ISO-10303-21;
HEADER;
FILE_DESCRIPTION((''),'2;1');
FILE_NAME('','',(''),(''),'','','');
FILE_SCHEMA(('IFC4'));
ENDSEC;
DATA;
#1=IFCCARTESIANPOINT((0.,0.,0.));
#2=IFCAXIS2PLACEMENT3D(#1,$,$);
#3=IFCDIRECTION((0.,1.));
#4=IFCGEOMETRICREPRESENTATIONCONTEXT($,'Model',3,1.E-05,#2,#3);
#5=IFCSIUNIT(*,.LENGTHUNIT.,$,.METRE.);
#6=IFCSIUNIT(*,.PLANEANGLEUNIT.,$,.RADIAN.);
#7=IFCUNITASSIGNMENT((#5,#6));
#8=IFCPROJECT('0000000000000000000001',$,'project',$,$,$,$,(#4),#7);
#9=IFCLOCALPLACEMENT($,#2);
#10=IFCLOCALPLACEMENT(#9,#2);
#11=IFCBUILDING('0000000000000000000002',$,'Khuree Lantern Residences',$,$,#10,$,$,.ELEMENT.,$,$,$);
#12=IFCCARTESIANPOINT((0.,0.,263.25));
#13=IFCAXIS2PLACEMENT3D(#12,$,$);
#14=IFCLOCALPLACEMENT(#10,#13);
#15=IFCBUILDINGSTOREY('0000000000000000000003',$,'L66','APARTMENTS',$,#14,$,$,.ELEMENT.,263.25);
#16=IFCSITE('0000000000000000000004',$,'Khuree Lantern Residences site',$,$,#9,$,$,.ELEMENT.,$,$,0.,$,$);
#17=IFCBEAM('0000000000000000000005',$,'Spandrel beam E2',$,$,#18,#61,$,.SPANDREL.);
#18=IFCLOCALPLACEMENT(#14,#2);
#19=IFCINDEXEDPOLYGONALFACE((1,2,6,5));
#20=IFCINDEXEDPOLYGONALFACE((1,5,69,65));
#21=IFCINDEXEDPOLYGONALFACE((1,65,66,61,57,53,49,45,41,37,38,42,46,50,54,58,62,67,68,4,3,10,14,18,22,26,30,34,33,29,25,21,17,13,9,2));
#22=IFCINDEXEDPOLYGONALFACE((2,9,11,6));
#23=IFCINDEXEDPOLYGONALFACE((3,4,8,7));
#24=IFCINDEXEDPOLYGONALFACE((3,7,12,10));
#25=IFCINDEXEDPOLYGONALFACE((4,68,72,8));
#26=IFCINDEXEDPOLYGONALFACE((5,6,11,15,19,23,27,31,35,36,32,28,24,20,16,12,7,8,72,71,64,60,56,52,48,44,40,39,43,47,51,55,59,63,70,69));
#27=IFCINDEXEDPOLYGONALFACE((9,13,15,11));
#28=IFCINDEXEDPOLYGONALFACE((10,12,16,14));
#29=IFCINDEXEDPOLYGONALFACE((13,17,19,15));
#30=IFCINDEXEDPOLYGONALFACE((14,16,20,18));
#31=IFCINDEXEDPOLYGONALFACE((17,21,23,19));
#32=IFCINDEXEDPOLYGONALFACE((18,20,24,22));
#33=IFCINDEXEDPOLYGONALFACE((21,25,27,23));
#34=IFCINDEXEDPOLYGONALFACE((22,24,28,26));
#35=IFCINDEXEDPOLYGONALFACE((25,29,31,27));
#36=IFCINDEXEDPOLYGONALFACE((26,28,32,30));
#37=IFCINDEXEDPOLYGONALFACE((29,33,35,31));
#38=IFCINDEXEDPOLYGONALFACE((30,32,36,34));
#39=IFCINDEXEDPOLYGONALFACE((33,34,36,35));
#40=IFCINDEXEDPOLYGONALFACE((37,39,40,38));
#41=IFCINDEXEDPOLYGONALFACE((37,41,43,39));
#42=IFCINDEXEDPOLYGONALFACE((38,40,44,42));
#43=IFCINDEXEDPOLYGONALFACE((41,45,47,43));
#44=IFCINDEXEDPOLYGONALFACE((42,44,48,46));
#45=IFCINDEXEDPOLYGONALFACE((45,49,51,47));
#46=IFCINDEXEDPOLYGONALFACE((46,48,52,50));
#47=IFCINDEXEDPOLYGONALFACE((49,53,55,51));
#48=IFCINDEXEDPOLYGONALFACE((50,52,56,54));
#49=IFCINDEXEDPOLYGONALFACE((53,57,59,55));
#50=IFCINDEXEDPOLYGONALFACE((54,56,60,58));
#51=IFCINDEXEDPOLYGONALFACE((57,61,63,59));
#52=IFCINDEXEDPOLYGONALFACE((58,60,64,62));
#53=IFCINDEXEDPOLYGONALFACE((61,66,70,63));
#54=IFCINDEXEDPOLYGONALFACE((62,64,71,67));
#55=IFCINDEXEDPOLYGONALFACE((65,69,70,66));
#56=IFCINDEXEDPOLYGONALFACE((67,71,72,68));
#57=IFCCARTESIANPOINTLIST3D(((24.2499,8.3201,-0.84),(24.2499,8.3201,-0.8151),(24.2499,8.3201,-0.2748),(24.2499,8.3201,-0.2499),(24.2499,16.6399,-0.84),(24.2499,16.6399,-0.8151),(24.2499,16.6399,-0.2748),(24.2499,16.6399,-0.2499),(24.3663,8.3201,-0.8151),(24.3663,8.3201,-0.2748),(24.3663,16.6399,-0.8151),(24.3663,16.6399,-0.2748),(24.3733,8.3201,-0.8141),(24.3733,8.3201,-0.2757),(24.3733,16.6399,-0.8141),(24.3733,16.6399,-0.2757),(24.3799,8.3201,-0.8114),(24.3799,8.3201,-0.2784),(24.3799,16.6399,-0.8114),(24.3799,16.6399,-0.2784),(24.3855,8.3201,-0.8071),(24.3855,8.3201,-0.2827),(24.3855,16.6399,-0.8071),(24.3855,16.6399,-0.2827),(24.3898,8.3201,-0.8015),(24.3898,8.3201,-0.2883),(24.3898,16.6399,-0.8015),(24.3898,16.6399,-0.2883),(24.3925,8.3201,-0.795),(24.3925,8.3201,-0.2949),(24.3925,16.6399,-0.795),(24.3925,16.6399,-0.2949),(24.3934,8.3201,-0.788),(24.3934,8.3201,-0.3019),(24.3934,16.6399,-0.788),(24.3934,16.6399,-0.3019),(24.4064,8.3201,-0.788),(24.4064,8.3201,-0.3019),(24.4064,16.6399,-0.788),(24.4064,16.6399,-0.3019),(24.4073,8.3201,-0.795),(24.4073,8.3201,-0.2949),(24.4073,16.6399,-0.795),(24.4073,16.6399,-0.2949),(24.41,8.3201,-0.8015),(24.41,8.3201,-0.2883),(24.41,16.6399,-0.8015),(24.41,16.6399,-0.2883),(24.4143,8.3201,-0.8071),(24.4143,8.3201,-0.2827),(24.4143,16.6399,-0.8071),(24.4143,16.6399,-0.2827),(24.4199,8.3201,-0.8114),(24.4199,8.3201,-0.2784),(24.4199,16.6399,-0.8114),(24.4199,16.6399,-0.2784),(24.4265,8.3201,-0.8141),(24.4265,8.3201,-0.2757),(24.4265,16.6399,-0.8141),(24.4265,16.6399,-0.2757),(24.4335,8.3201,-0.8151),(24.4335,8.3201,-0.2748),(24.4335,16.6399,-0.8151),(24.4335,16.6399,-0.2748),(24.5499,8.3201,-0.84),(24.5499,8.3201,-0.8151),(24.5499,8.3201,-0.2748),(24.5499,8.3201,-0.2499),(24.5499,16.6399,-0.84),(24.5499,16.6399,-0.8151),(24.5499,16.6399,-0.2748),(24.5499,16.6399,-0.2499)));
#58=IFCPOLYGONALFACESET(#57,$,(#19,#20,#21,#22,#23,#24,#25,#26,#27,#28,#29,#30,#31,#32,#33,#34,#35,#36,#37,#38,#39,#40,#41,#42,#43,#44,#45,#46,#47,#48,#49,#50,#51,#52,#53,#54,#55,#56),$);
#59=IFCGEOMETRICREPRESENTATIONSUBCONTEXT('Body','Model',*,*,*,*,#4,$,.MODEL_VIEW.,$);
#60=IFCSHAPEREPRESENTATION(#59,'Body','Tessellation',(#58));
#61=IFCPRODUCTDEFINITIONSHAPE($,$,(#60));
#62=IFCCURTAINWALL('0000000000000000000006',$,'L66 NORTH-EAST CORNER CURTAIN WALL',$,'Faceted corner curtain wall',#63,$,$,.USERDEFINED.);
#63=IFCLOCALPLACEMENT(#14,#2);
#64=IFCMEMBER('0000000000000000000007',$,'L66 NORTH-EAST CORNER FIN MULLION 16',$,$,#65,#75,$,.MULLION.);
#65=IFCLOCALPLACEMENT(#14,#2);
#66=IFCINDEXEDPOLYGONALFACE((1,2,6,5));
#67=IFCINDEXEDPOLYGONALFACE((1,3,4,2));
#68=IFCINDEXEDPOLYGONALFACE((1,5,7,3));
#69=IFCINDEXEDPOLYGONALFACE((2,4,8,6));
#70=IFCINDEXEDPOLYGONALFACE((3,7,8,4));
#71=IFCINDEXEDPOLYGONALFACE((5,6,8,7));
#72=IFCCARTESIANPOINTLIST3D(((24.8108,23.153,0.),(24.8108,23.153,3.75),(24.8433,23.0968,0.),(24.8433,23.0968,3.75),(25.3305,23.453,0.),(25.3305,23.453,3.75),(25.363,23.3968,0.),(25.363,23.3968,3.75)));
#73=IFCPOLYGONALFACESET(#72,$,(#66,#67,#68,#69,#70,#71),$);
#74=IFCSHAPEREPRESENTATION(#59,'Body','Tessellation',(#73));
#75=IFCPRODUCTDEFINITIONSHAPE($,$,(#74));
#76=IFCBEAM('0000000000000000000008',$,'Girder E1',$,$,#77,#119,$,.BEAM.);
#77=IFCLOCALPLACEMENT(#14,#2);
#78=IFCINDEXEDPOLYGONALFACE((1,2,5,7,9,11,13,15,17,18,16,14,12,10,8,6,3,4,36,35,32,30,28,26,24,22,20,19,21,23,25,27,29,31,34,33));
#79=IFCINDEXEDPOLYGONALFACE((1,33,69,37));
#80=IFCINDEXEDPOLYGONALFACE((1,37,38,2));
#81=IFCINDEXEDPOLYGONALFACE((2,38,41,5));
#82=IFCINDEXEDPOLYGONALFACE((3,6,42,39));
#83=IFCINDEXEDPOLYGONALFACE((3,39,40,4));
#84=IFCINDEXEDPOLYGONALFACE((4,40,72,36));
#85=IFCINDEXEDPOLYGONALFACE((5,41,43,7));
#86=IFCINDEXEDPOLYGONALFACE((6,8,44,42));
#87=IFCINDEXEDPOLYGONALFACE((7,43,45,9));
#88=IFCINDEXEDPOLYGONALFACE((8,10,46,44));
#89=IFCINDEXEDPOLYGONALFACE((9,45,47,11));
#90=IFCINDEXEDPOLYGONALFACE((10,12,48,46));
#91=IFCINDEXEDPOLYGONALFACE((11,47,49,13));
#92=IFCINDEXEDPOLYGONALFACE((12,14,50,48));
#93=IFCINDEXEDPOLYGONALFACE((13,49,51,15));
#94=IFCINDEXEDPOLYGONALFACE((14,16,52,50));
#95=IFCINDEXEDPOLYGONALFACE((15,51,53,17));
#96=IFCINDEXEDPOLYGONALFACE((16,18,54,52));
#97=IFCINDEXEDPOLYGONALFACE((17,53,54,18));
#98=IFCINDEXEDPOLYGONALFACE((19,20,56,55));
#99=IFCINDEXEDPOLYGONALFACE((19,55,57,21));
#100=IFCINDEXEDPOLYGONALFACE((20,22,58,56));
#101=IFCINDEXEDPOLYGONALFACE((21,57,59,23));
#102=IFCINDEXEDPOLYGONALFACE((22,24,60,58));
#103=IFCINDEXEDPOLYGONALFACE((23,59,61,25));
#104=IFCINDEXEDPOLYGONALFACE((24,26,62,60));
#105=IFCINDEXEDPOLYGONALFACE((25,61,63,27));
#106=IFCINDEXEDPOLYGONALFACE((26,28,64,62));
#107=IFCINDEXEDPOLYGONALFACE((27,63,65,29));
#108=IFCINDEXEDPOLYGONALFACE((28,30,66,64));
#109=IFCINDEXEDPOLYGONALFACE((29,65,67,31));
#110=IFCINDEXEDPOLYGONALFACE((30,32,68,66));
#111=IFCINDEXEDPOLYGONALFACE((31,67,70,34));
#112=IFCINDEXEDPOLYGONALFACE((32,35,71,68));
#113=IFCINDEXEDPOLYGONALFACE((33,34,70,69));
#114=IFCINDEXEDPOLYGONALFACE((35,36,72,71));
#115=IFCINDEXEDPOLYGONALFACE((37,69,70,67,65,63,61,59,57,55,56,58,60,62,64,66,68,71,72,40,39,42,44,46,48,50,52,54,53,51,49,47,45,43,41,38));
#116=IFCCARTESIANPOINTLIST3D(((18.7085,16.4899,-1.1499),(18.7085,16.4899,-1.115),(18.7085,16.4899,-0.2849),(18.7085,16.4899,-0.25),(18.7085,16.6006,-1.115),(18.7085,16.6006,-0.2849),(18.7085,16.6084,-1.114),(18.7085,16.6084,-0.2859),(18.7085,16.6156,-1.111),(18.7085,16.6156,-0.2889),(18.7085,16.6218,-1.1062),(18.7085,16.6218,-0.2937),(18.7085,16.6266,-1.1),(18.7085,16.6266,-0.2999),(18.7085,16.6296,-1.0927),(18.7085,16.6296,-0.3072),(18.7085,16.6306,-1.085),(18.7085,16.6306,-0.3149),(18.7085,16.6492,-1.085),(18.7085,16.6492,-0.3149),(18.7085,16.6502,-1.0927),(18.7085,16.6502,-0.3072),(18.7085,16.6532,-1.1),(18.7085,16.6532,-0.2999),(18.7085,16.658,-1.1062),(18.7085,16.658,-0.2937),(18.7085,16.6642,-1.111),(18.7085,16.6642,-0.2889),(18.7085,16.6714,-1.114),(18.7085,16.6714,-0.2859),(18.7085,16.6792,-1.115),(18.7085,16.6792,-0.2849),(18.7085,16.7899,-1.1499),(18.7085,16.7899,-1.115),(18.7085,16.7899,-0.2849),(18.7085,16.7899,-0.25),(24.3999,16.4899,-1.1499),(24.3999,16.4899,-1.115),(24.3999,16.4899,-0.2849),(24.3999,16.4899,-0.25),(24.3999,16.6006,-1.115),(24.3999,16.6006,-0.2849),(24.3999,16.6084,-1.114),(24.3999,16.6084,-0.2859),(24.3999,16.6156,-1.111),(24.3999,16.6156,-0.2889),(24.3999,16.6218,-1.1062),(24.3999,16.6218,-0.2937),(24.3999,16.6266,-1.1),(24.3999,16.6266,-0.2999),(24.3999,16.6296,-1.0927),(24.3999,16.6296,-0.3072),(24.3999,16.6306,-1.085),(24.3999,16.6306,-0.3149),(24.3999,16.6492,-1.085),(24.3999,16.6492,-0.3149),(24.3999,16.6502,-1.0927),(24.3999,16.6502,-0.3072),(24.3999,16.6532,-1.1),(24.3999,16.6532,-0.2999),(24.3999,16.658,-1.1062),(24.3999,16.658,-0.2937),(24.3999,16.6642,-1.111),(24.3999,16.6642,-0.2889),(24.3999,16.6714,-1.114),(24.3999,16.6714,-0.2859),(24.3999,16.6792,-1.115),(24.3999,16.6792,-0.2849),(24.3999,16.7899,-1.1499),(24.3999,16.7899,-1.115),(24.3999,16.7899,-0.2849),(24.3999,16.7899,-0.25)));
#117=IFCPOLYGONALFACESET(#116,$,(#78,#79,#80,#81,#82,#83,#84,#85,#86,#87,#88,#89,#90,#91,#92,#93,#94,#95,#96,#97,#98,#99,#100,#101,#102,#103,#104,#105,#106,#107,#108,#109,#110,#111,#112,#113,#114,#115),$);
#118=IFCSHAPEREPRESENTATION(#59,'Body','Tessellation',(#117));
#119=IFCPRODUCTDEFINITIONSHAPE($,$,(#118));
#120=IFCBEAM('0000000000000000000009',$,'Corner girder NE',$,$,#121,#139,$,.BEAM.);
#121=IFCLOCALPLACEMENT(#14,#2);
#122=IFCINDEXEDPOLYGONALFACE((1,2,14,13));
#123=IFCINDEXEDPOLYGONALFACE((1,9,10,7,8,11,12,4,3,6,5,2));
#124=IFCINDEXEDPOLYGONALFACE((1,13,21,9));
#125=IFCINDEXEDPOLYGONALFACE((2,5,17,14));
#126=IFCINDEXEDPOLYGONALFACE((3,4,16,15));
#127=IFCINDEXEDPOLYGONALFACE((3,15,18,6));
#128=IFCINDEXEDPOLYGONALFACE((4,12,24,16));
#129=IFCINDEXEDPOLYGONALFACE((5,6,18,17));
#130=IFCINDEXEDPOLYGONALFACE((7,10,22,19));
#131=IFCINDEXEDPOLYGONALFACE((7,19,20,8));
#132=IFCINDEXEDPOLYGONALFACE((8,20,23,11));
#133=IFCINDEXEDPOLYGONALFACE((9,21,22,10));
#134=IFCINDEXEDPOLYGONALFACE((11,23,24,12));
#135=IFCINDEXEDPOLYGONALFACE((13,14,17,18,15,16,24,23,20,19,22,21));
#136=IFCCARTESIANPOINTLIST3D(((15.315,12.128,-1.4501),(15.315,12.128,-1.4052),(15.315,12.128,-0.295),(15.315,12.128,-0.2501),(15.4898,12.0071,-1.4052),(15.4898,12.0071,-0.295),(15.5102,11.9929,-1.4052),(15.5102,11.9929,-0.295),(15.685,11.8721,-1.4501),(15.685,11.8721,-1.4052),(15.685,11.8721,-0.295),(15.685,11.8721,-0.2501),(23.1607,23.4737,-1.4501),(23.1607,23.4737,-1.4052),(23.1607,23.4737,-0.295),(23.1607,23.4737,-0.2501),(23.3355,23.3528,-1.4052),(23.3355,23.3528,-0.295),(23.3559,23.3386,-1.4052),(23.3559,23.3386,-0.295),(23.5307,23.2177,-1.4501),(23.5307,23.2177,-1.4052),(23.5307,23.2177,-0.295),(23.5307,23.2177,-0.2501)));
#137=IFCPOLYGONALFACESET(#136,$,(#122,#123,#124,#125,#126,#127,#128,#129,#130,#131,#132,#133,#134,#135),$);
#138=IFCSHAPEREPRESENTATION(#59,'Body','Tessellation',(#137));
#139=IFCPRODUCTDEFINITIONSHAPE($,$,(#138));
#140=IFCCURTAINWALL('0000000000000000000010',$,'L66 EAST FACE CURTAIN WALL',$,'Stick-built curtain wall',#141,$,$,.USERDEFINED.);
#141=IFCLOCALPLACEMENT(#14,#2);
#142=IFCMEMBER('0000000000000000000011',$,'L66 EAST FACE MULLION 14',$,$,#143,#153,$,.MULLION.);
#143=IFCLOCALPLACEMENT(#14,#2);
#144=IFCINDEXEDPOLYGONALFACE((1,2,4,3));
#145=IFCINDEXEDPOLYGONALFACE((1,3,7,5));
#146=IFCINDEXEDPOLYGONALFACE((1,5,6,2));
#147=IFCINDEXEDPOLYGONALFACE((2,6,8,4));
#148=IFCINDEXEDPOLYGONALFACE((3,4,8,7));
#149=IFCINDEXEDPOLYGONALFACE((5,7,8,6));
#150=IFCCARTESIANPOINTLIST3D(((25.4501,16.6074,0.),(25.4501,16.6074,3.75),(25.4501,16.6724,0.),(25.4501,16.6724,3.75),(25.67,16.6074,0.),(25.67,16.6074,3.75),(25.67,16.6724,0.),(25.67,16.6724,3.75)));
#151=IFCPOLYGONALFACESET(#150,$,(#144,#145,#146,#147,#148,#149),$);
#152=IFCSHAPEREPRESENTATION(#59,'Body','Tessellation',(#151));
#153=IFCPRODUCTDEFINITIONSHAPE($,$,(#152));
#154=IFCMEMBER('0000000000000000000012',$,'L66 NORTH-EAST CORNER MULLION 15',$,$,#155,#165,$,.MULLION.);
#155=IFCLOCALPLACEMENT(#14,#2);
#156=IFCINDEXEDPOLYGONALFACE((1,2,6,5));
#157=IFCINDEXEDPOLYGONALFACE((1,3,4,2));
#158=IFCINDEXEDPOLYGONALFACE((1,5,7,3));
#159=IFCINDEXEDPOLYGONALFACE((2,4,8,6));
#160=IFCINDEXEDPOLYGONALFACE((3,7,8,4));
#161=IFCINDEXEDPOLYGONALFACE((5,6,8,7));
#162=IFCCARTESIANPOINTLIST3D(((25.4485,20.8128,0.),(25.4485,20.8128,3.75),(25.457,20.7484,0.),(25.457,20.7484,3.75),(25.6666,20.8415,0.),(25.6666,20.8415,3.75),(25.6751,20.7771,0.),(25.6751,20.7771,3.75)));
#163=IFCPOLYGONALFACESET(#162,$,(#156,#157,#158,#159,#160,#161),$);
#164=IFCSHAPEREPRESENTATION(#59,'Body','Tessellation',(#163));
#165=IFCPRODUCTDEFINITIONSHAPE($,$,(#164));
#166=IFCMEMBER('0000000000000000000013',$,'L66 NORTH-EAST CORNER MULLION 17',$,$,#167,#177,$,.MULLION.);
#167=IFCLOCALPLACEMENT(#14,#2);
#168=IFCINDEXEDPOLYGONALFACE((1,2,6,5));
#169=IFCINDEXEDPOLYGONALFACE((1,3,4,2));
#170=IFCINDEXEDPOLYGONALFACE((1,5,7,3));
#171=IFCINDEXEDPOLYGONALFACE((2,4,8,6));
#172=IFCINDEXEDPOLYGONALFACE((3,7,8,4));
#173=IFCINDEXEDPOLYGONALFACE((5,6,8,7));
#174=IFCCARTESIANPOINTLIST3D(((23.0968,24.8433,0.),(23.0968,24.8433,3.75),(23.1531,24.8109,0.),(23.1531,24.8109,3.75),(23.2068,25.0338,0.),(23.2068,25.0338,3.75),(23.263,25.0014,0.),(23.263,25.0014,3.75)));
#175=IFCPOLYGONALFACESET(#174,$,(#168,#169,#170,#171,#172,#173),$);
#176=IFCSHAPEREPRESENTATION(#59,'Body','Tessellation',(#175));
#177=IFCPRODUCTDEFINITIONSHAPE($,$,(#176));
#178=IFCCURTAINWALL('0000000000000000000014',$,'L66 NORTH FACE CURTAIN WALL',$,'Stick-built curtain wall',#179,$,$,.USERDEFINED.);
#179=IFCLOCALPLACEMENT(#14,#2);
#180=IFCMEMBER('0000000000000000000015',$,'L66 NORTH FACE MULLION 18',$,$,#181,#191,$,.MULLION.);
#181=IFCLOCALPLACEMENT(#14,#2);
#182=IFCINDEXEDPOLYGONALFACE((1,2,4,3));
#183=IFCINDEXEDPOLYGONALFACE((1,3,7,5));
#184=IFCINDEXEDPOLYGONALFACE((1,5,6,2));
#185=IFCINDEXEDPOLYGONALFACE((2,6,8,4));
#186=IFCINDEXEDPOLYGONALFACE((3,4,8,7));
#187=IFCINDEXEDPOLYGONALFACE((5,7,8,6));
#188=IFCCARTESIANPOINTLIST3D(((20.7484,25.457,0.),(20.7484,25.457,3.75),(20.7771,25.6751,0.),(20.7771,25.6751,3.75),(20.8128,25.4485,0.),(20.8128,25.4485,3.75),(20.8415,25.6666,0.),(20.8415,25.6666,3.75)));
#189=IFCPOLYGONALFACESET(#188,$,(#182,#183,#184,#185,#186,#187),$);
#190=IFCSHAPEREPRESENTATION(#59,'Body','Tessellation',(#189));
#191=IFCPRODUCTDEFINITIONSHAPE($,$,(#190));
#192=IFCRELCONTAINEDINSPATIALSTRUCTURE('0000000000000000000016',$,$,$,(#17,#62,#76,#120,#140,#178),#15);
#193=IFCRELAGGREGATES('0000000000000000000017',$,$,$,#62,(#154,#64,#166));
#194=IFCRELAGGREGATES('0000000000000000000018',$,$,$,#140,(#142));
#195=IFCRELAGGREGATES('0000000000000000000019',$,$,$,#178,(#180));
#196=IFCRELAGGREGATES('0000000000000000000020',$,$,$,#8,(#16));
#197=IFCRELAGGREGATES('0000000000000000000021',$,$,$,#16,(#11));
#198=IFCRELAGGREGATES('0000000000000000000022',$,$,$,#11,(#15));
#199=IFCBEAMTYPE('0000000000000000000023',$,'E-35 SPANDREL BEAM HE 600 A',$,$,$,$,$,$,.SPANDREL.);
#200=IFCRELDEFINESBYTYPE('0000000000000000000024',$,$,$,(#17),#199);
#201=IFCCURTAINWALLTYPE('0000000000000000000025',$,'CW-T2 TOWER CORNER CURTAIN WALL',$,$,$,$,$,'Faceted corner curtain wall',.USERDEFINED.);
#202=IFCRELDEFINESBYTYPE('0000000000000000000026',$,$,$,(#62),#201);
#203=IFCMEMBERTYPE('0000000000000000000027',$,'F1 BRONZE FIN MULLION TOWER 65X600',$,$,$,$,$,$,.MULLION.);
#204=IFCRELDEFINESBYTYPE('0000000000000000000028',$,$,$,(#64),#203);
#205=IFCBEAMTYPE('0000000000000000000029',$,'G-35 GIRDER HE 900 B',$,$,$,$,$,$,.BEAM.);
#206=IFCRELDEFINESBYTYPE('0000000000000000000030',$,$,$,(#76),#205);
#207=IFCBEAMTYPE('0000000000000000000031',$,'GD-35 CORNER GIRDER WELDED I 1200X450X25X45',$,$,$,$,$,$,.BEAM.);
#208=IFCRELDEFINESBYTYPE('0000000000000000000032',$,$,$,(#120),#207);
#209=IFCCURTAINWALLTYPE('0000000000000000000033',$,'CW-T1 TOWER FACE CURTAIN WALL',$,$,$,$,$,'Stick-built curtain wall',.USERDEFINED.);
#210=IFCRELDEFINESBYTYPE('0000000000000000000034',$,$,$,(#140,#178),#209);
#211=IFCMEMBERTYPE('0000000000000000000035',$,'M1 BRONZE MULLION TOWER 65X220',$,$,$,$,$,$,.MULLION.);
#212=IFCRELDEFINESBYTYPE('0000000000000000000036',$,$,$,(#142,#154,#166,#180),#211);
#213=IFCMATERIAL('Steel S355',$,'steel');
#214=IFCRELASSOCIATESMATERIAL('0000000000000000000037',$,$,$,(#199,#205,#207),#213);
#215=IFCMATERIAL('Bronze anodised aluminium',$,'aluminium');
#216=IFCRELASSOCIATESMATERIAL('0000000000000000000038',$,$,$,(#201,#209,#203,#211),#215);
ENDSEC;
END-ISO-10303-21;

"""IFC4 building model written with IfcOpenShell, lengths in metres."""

from ifc_helpers import new_model, si_unit, direction, frame, origin, origin_2d, place, context, subcontext, project, spatial, rectangle, i_section, extrude, material, material_profile, profile_set, type_object, element, aggregate, save


model = new_model("IFC4")

# Units and contexts
model_context = context("Model", 3, precision=1e-05, world=origin(), true_north=direction((0.0, 1.0)))
body_context = subcontext(model_context, "Body", "Model", "MODEL_VIEW")
ifc_project = project(units=[si_unit("LENGTHUNIT", "METRE"), si_unit("PLANEANGLEUNIT", "RADIAN")], contexts=[model_context])

# Site, building, storey
site_placement = place(None, origin())
site = spatial("IfcSite", under=ifc_project, at=site_placement, Name="Khuree Lantern Residences site", CompositionType="ELEMENT", RefElevation=0.0)
building_placement = place(site_placement, origin())
building = spatial("IfcBuilding", under=site, at=building_placement, Name="Khuree Lantern Residences", CompositionType="ELEMENT")
storey_placement = place(building_placement, frame((0.0, 0.0, 263.25)))
storey = spatial("IfcBuildingStorey", under=building, at=storey_placement, Name="L66", Description="APARTMENTS", CompositionType="ELEMENT", Elevation=263.25)

# Beam
ifc_material_1 = material(Name="Steel S355", Category="steel")
ifc_material_profile_1 = material_profile(ifc_material_1, i_section(OverallWidth=0.3, OverallDepth=0.5901, WebThickness=0.0129, FlangeThickness=0.0249, FilletRadius=0.0271, at=origin_2d()), Name="HE 600 A")
ifc_profile_set_1 = profile_set([ifc_material_profile_1], Name="Steel S355")
beam_type_1 = type_object("IfcBeamType", Name="E-35 SPANDREL BEAM HE 600 A", PredefinedType="SPANDREL", material=ifc_profile_set_1)
beam_1_placement = place(storey_placement, frame((24.3999, 16.6399, -0.5449), z_axis=(0.0, -1.0, 0.0), x_axis=(1.0, 0.0, 0.0)))
element("IfcBeam", 1, at=beam_1_placement, inside=storey, type_object=beam_type_1, Name="Spandrel beam E2", PredefinedType="SPANDREL", context=body_context, shape_type="SweptSolid", body=[
    extrude(i_section(OverallWidth=0.3, OverallDepth=0.5901, WebThickness=0.0129, FlangeThickness=0.0249, FilletRadius=0.0271, at=origin_2d()), origin(), (0.0, 0.0, 1.0), 8.3198),
])

# Curtain wall, member
ifc_material_2 = material(Name="Bronze anodised aluminium", Category="aluminium")
curtain_wall_type_1 = type_object("IfcCurtainWallType", Name="CW-T2 TOWER CORNER CURTAIN WALL", ElementType="Faceted corner curtain wall", PredefinedType="USERDEFINED", material=ifc_material_2)
curtain_wall_1_placement = place(storey_placement, origin())
curtain_wall_1 = element("IfcCurtainWall", 2, at=curtain_wall_1_placement, inside=storey, type_object=curtain_wall_type_1, Name="L66 NORTH-EAST CORNER CURTAIN WALL", ObjectType="Faceted corner curtain wall", PredefinedType="USERDEFINED")
ifc_material_profile_2 = material_profile(ifc_material_2, rectangle(XDim=0.0649, YDim=0.6001, at=origin_2d()), Name="F1 65X600")
ifc_profile_set_2 = profile_set([ifc_material_profile_2], Name="Bronze anodised aluminium")
member_type_1 = type_object("IfcMemberType", Name="F1 BRONZE FIN MULLION TOWER 65X600", PredefinedType="MULLION", material=ifc_profile_set_2)
member_1_placement = place(storey_placement, frame((25.0869, 23.2749, 0.0), z_axis=(0.0, 0.0, 1.0), x_axis=(-0.5, 0.866025, 0.0)))
member_1 = element("IfcMember", 3, at=member_1_placement, type_object=member_type_1, Name="L66 NORTH-EAST CORNER FIN MULLION 16", PredefinedType="MULLION", context=body_context, shape_type="SweptSolid", body=[
    extrude(rectangle(XDim=0.0649, YDim=0.6001, at=origin_2d()), origin(), (0.0, 0.0, 1.0), 3.75),
])

# Beams
ifc_material_profile_3 = material_profile(ifc_material_1, i_section(OverallWidth=0.3, OverallDepth=0.8999, WebThickness=0.0186, FlangeThickness=0.0349, FilletRadius=0.03, at=origin_2d()), Name="HE 900 B")
ifc_profile_set_3 = profile_set([ifc_material_profile_3], Name="Steel S355")
beam_type_2 = type_object("IfcBeamType", Name="G-35 GIRDER HE 900 B", PredefinedType="BEAM", material=ifc_profile_set_3)
beam_2_placement = place(storey_placement, frame((24.3999, 16.6399, -0.7), z_axis=(-1.0, 0.0, 0.0), x_axis=(0.0, -1.0, 0.0)))
element("IfcBeam", 4, at=beam_2_placement, inside=storey, type_object=beam_type_2, Name="Girder E1", PredefinedType="BEAM", context=body_context, shape_type="SweptSolid", body=[
    extrude(i_section(OverallWidth=0.3, OverallDepth=0.8999, WebThickness=0.0186, FlangeThickness=0.0349, FilletRadius=0.03, at=origin_2d()), origin(), (0.0, 0.0, 1.0), 5.6914),
])
ifc_material_profile_4 = material_profile(ifc_material_1, i_section(OverallWidth=0.45, OverallDepth=1.2, WebThickness=0.0249, FlangeThickness=0.0449, at=origin_2d()), Name="WELDED I 1200X450X25X45")
ifc_profile_set_4 = profile_set([ifc_material_profile_4], Name="Steel S355")
beam_type_3 = type_object("IfcBeamType", Name="GD-35 CORNER GIRDER WELDED I 1200X450X25X45", PredefinedType="BEAM", material=ifc_profile_set_4)
beam_3_placement = place(storey_placement, frame((23.3457, 23.3457, -0.8501), z_axis=(-0.568768, -0.822498, 0.0), x_axis=(0.822498, -0.568768, 0.0)))
element("IfcBeam", 5, at=beam_3_placement, inside=storey, type_object=beam_type_3, Name="Corner girder NE", PredefinedType="BEAM", context=body_context, shape_type="SweptSolid", body=[
    extrude(i_section(OverallWidth=0.45, OverallDepth=1.2, WebThickness=0.0249, FlangeThickness=0.0449, at=origin_2d()), origin(), (0.0, 0.0, 1.0), 13.7942),
])

# Curtain wall, member
curtain_wall_type_2 = type_object("IfcCurtainWallType", Name="CW-T1 TOWER FACE CURTAIN WALL", ElementType="Stick-built curtain wall", PredefinedType="USERDEFINED", material=ifc_material_2)
curtain_wall_2_placement = place(storey_placement, origin())
curtain_wall_2 = element("IfcCurtainWall", 6, at=curtain_wall_2_placement, inside=storey, type_object=curtain_wall_type_2, Name="L66 EAST FACE CURTAIN WALL", ObjectType="Stick-built curtain wall", PredefinedType="USERDEFINED")
ifc_material_profile_5 = material_profile(ifc_material_2, rectangle(XDim=0.0649, YDim=0.22, at=origin_2d()), Name="M1 65X220")
ifc_profile_set_5 = profile_set([ifc_material_profile_5], Name="Bronze anodised aluminium")
member_type_2 = type_object("IfcMemberType", Name="M1 BRONZE MULLION TOWER 65X220", PredefinedType="MULLION", material=ifc_profile_set_5)
member_2_placement = place(storey_placement, frame((25.5601, 16.6399, 0.0), z_axis=(0.0, 0.0, 1.0), x_axis=(0.0, 1.0, 0.0)))
member_2 = element("IfcMember", 7, at=member_2_placement, type_object=member_type_2, Name="L66 EAST FACE MULLION 14", PredefinedType="MULLION", context=body_context, shape_type="SweptSolid", body=[
    extrude(rectangle(XDim=0.0649, YDim=0.22, at=origin_2d()), origin(), (0.0, 0.0, 1.0), 3.75),
])

# Members
member_3_placement = place(storey_placement, frame((25.5618, 20.7949, 0.0), z_axis=(0.0, 0.0, 1.0), x_axis=(-0.130526, 0.991445, 0.0)))
member_3 = element("IfcMember", 8, at=member_3_placement, type_object=member_type_2, Name="L66 NORTH-EAST CORNER MULLION 15", PredefinedType="MULLION", context=body_context, shape_type="SweptSolid", body=[
    extrude(rectangle(XDim=0.0649, YDim=0.22, at=origin_2d()), origin(), (0.0, 0.0, 1.0), 3.75),
])
member_4_placement = place(storey_placement, frame((23.1799, 24.9224, 0.0), z_axis=(0.0, 0.0, 1.0), x_axis=(-0.866025, 0.5, 0.0)))
member_4 = element("IfcMember", 9, at=member_4_placement, type_object=member_type_2, Name="L66 NORTH-EAST CORNER MULLION 17", PredefinedType="MULLION", context=body_context, shape_type="SweptSolid", body=[
    extrude(rectangle(XDim=0.0649, YDim=0.22, at=origin_2d()), origin(), (0.0, 0.0, 1.0), 3.75),
])

# Curtain wall, member
curtain_wall_3_placement = place(storey_placement, origin())
curtain_wall_3 = element("IfcCurtainWall", 10, at=curtain_wall_3_placement, inside=storey, type_object=curtain_wall_type_2, Name="L66 NORTH FACE CURTAIN WALL", ObjectType="Stick-built curtain wall", PredefinedType="USERDEFINED")
member_5_placement = place(storey_placement, frame((20.7949, 25.5618, 0.0), z_axis=(0.0, 0.0, 1.0), x_axis=(-0.991445, 0.130526, 0.0)))
member_5 = element("IfcMember", 11, at=member_5_placement, type_object=member_type_2, Name="L66 NORTH FACE MULLION 18", PredefinedType="MULLION", context=body_context, shape_type="SweptSolid", body=[
    extrude(rectangle(XDim=0.0649, YDim=0.22, at=origin_2d()), origin(), (0.0, 0.0, 1.0), 3.75),
])

aggregate(curtain_wall_1, [member_3, member_1, member_4])
aggregate(curtain_wall_2, [member_2])
aggregate(curtain_wall_3, [member_5])

save(model, "model.ifc")
